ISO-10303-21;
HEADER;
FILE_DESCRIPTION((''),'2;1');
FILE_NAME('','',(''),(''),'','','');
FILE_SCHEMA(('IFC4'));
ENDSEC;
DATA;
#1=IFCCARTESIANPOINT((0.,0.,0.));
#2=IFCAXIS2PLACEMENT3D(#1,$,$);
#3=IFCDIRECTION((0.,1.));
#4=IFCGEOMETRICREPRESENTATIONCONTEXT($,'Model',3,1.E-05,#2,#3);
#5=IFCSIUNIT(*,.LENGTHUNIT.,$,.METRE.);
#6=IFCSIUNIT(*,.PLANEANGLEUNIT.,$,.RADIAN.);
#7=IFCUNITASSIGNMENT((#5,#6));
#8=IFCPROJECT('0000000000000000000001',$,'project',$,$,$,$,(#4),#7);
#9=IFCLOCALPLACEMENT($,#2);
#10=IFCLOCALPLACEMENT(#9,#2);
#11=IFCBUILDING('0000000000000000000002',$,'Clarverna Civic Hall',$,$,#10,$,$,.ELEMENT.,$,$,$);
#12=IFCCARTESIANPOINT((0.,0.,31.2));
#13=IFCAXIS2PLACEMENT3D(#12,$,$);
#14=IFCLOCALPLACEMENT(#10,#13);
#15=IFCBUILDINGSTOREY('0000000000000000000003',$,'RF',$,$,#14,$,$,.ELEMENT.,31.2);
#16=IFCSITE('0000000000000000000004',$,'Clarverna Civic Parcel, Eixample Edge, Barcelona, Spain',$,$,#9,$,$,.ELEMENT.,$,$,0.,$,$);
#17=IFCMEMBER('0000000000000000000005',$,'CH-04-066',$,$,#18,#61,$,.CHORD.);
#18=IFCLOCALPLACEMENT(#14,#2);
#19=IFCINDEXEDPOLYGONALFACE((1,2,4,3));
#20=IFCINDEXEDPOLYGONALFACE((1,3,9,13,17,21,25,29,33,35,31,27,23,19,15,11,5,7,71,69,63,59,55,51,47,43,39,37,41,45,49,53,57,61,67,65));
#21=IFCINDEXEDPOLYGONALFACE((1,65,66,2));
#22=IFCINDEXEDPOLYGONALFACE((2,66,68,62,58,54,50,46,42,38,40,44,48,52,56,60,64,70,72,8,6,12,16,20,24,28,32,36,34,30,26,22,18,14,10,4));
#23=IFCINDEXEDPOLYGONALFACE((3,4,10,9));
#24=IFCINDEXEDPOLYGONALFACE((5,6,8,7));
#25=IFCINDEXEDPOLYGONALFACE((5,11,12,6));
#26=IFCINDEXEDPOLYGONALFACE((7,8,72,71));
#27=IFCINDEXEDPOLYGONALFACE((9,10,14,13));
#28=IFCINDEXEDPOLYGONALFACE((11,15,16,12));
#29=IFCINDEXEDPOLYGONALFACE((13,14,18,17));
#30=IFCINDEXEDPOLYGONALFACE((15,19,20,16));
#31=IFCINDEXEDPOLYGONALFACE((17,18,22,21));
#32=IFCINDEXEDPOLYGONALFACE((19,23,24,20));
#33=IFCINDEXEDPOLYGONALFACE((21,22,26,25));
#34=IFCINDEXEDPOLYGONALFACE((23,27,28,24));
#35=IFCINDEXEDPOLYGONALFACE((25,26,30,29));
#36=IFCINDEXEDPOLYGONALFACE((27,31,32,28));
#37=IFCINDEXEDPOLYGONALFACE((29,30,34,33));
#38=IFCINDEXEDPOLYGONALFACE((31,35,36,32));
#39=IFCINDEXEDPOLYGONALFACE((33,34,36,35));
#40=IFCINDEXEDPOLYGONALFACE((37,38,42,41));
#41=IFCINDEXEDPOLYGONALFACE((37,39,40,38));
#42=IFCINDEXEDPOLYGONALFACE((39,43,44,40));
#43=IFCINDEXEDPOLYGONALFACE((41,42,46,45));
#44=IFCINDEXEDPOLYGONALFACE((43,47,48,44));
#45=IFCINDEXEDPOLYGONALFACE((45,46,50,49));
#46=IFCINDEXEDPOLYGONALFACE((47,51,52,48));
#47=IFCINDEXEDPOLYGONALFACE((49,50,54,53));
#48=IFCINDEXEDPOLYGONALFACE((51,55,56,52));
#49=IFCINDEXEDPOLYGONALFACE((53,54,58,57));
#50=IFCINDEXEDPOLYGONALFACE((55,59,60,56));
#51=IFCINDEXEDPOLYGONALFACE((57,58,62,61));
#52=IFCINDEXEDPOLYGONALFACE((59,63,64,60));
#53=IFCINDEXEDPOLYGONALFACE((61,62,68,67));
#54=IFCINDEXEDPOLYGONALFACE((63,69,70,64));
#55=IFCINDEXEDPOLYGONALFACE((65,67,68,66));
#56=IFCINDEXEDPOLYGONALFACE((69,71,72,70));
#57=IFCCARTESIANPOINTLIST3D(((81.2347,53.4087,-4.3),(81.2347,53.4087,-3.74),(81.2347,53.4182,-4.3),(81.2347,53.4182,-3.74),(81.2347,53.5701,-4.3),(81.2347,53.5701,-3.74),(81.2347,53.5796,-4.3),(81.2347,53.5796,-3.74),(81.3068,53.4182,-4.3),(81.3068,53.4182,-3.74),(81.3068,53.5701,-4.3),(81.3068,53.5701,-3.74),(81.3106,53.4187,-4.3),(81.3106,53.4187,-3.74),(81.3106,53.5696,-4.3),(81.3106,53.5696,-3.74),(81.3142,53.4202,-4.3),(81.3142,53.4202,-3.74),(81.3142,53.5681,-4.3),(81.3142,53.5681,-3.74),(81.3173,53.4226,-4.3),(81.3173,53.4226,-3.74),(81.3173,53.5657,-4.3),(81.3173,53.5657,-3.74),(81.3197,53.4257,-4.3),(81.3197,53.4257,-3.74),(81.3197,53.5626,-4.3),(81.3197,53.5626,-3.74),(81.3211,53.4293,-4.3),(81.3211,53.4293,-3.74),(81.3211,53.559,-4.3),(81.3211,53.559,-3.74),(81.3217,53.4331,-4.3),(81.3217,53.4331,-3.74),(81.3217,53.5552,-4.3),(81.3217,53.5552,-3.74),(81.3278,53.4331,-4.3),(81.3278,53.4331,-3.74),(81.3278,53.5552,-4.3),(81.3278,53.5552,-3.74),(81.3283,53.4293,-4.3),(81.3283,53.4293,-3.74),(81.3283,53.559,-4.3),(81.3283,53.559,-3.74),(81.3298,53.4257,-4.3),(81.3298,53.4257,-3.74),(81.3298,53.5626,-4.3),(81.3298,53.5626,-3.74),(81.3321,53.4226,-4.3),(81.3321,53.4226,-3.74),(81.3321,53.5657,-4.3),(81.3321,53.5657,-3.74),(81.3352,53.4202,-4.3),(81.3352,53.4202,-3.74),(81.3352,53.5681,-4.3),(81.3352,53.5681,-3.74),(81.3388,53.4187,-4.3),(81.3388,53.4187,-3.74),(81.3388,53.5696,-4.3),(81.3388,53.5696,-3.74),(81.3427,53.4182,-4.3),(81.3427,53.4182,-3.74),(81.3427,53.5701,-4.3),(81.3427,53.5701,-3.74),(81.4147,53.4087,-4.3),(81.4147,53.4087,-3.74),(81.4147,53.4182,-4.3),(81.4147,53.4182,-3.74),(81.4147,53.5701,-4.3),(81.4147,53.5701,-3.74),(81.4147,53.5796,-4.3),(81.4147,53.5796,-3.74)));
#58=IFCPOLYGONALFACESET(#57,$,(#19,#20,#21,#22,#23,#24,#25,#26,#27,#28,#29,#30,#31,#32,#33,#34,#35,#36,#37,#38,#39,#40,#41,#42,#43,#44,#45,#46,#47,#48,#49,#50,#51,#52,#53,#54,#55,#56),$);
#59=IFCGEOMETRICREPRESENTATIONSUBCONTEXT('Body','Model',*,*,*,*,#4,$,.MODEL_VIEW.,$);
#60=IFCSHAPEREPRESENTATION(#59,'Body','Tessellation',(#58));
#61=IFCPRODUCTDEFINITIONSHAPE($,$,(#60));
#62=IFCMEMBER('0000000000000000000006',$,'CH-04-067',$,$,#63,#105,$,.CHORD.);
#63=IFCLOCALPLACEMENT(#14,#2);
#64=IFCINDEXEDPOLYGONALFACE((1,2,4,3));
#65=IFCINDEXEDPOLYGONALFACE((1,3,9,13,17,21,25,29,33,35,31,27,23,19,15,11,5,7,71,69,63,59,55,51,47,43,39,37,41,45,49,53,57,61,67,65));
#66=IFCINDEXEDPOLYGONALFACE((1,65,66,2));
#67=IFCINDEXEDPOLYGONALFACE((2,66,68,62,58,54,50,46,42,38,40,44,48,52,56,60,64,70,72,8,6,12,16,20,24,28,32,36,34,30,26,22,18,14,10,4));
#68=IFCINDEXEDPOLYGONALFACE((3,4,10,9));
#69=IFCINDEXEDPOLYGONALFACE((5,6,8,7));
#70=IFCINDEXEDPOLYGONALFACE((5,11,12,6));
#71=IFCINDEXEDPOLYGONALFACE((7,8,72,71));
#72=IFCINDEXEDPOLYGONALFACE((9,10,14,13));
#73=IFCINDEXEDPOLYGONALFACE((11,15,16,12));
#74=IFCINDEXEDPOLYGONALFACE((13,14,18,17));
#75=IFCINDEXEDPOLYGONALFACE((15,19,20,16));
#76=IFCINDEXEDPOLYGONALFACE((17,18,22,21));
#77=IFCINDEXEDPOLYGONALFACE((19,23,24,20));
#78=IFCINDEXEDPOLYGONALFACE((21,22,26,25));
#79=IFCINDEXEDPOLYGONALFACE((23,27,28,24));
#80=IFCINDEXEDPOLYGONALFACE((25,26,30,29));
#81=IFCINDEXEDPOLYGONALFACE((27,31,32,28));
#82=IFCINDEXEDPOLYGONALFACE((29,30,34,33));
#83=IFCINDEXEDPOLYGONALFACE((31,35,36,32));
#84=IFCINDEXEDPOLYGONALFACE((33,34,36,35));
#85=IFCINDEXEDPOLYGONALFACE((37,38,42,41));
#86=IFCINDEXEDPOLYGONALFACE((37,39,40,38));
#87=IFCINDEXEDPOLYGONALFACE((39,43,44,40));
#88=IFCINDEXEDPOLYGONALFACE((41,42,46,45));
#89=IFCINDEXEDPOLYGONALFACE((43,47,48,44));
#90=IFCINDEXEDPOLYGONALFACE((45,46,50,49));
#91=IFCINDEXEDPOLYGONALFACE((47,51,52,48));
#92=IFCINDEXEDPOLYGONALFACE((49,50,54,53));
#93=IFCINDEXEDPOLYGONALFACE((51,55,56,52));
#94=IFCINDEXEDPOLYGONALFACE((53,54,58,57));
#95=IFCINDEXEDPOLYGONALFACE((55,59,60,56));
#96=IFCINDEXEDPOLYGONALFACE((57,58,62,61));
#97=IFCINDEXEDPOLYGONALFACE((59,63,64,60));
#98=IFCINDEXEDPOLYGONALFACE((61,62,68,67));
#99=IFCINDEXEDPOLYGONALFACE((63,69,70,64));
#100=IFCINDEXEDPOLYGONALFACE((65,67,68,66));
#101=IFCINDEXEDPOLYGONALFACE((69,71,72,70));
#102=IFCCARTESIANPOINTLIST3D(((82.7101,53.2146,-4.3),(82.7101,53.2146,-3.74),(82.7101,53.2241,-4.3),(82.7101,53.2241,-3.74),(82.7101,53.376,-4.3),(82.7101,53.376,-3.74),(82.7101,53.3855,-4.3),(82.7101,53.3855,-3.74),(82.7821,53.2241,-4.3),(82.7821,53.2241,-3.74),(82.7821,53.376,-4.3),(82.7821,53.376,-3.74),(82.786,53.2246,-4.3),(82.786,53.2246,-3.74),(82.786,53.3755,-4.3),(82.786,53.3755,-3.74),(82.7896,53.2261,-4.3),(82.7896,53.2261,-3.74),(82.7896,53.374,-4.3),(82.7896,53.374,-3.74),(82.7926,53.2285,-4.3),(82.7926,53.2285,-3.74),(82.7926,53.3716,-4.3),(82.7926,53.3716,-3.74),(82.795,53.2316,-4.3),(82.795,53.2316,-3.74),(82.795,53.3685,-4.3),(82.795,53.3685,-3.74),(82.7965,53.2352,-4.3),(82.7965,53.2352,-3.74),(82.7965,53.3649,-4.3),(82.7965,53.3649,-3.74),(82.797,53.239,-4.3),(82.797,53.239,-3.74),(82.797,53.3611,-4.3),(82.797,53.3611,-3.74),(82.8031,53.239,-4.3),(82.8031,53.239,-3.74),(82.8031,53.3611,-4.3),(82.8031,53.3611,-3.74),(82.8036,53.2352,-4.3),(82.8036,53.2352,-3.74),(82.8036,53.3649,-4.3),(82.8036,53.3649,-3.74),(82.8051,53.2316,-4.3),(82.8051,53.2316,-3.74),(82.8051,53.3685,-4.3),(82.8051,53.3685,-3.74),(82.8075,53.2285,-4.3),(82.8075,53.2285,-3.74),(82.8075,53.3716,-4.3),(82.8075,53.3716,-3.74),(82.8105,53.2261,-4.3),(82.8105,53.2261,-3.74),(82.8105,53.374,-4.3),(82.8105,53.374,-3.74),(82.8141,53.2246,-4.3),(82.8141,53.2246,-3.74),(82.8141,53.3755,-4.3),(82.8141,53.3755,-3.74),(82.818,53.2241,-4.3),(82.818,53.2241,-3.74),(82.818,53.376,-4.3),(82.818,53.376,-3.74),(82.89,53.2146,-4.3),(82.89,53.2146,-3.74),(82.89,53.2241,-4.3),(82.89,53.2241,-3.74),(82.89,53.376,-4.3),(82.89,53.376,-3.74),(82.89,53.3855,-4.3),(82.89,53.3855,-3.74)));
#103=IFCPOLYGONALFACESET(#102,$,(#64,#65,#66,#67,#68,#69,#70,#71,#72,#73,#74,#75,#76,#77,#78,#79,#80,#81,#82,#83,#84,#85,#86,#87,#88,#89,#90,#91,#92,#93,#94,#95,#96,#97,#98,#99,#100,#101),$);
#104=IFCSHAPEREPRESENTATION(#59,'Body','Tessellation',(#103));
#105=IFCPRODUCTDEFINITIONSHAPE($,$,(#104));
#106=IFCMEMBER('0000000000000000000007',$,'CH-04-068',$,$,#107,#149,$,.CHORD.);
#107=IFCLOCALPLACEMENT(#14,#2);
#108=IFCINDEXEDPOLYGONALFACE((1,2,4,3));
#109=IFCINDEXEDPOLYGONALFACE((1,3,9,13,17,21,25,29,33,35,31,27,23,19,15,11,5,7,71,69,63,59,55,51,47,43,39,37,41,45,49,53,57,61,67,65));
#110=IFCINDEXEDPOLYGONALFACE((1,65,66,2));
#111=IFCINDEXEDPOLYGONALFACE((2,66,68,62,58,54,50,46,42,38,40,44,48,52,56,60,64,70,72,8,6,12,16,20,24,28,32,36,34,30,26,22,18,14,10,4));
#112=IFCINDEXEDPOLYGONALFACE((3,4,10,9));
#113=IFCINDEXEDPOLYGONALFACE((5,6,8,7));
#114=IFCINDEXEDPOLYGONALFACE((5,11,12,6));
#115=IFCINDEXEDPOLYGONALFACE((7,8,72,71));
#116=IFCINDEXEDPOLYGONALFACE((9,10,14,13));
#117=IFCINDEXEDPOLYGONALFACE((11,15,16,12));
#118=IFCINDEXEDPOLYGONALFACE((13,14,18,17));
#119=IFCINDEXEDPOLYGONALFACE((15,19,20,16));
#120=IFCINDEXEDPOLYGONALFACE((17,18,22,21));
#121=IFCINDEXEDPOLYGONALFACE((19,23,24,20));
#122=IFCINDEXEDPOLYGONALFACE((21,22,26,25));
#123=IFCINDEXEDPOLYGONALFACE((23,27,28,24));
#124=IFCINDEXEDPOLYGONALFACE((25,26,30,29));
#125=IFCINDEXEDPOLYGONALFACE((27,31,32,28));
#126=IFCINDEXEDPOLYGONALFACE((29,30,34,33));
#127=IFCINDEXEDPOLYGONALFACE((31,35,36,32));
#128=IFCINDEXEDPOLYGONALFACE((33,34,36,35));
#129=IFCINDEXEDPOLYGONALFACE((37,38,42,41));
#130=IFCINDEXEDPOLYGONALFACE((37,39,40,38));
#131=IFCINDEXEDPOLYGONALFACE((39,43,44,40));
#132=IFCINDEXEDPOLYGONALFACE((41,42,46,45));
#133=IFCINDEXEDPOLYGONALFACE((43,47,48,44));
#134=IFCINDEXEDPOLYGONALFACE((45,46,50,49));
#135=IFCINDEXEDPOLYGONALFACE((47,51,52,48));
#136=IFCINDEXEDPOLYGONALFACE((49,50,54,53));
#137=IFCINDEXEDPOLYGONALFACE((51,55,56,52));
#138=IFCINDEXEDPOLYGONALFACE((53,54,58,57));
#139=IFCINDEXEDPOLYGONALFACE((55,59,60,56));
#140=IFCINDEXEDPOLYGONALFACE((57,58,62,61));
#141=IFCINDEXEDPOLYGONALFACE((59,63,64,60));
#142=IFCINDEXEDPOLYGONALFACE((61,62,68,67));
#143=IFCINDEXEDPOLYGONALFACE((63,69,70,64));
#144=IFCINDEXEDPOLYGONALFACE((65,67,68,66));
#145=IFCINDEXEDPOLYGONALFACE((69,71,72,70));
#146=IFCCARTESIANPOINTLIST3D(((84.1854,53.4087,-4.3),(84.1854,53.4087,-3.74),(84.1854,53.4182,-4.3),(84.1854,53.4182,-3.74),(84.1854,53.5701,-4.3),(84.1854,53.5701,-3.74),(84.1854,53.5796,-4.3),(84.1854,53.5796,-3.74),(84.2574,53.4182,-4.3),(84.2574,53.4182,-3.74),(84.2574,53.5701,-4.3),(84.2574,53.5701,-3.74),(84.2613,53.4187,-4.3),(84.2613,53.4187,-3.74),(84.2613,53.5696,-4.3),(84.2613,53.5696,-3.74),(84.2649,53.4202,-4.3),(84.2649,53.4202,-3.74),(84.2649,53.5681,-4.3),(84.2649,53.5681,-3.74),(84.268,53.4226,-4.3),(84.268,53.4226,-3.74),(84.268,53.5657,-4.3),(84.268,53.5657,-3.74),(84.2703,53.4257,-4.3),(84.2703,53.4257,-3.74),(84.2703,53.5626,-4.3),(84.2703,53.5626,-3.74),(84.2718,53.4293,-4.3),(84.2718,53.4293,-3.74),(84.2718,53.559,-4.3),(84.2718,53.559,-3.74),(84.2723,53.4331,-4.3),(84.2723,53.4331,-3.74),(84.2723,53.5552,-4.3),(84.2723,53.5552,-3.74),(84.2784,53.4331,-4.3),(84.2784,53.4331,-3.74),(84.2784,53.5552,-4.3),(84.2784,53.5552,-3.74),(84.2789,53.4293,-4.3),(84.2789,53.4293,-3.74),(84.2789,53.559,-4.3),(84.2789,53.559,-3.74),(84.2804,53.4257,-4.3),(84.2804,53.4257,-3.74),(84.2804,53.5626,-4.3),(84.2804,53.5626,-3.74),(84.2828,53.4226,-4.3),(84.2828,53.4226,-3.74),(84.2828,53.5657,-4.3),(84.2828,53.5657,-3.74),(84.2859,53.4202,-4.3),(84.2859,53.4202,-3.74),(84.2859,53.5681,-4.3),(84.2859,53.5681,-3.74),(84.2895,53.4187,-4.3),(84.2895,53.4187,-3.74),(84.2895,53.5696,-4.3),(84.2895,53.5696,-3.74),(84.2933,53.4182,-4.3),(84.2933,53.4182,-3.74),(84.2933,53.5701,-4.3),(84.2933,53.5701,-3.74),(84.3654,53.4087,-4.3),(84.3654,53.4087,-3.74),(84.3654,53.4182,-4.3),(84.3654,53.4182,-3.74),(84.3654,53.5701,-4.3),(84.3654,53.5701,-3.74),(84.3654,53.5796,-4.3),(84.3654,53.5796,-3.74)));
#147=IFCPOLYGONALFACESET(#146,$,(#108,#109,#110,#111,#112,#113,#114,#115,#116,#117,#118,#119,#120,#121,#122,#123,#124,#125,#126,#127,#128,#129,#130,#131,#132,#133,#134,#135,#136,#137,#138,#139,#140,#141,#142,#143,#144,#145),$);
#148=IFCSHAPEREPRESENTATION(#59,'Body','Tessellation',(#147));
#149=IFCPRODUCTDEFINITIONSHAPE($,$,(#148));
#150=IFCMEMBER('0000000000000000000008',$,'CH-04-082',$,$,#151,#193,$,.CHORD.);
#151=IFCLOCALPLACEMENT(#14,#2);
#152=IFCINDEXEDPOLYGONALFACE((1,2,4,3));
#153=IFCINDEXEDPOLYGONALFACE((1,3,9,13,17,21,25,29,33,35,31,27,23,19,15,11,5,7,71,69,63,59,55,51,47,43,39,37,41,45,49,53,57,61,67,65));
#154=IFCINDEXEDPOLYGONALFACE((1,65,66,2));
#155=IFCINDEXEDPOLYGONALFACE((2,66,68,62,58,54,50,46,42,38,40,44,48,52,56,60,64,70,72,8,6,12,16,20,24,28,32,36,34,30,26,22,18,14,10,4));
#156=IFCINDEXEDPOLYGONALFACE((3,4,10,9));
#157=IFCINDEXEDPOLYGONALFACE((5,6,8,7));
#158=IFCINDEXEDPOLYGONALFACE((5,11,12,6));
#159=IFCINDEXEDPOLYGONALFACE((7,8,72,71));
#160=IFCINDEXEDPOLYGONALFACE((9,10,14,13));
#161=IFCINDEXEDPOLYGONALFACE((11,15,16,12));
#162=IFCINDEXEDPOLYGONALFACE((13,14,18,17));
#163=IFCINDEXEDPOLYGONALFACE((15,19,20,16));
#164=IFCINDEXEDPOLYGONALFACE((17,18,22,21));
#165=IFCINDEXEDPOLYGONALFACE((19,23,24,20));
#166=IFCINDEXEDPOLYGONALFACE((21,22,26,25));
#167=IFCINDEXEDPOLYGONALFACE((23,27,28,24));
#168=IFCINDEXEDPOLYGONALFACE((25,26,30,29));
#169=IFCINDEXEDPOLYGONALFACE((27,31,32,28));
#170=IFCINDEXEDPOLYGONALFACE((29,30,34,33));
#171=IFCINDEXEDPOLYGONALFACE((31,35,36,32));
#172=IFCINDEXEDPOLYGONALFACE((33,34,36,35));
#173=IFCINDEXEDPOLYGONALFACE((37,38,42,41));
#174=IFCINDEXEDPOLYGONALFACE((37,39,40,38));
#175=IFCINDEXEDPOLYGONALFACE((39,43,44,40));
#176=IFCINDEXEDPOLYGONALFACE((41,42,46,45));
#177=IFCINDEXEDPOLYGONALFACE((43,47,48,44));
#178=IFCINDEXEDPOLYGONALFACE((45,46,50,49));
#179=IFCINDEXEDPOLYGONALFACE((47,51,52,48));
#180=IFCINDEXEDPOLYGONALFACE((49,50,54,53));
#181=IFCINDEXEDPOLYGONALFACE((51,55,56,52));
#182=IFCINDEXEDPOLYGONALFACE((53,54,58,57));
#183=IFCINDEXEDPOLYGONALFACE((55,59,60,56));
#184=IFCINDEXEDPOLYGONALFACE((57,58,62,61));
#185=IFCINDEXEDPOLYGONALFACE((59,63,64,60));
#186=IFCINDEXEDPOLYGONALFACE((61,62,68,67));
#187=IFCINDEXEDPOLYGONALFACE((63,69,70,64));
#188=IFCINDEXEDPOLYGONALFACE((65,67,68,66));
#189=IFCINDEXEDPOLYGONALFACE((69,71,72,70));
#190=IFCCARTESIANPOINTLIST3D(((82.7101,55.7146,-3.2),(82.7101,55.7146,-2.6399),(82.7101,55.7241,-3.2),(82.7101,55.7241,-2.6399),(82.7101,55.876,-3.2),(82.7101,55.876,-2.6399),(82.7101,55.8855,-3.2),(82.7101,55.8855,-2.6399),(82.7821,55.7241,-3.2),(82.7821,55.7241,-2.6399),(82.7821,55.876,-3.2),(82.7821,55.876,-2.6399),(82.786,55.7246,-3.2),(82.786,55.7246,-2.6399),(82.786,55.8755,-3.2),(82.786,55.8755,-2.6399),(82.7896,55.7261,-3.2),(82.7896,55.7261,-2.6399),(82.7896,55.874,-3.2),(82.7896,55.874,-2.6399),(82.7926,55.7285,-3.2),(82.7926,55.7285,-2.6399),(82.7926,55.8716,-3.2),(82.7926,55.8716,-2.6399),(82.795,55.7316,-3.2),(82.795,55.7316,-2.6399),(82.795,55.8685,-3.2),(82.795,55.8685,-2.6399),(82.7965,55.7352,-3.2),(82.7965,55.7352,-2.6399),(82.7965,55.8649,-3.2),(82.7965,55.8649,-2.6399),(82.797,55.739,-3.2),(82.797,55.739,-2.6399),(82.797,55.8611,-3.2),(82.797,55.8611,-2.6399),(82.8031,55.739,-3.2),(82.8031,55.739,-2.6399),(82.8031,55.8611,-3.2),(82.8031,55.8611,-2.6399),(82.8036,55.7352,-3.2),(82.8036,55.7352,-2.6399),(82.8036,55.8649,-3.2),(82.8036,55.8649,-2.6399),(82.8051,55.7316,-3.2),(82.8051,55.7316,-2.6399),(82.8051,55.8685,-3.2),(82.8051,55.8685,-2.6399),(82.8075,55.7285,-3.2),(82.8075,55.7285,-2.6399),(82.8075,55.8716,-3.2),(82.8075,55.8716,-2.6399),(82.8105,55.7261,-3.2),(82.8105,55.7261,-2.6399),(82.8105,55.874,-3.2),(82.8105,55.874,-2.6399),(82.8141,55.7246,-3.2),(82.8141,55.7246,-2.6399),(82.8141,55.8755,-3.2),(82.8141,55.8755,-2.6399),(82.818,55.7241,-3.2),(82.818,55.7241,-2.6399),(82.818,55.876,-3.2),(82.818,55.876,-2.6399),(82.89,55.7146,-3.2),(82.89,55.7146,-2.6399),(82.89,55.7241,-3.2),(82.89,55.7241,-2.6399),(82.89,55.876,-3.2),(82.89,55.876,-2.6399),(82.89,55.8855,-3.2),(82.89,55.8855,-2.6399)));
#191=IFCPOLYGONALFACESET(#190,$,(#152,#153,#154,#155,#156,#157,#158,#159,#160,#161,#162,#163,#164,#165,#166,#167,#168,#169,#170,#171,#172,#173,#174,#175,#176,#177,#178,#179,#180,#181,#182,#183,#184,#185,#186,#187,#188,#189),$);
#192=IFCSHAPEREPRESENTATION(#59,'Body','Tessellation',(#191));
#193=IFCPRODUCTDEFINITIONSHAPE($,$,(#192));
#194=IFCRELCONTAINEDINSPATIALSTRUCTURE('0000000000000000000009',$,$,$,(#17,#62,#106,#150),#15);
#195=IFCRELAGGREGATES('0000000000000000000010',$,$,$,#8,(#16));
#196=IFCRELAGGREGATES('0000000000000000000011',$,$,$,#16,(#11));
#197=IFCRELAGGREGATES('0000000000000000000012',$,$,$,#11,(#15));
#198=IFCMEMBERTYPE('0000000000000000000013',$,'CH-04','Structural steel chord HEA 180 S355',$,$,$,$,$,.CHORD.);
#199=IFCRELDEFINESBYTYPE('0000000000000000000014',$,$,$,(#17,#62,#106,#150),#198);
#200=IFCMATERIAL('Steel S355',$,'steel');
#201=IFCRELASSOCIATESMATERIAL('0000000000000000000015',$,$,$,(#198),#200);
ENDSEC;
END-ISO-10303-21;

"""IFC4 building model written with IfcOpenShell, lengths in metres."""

from ifc_helpers import new_model, si_unit, direction, frame, origin, origin_2d, place, context, subcontext, project, spatial, i_section, extrude, material, material_profile, profile_set, type_object, element, save


model = new_model("IFC4")

# Units and contexts
model_context = context("Model", 3, precision=1e-05, world=origin(), true_north=direction((0.0, 1.0)))
body_context = subcontext(model_context, "Body", "Model", "MODEL_VIEW")
ifc_project = project(units=[si_unit("LENGTHUNIT", "METRE"), si_unit("PLANEANGLEUNIT", "RADIAN")], contexts=[model_context])

# Site, building, storey
site_placement = place(None, origin())
site = spatial("IfcSite", under=ifc_project, at=site_placement, Name="Clarverna Civic Parcel, Eixample Edge, Barcelona, Spain", CompositionType="ELEMENT", RefElevation=0.0)
building_placement = place(site_placement, origin())
building = spatial("IfcBuilding", under=site, at=building_placement, Name="Clarverna Civic Hall", CompositionType="ELEMENT")
storey_placement = place(building_placement, frame((0.0, 0.0, 31.2)))
storey = spatial("IfcBuildingStorey", under=building, at=storey_placement, Name="RF", CompositionType="ELEMENT", Elevation=31.2)

# Members
ifc_material_1 = material(Name="Steel S355", Category="steel")
ifc_material_profile_1 = material_profile(ifc_material_1, i_section(OverallWidth=0.1799, OverallDepth=0.1709, WebThickness=0.0061, FlangeThickness=0.0095, FilletRadius=0.0149, at=origin_2d()), Name="HEA 180")
ifc_profile_set_1 = profile_set([ifc_material_profile_1], Name="Steel S355")
member_type_1 = type_object("IfcMemberType", Name="CH-04", Description="Structural steel chord HEA 180 S355", PredefinedType="CHORD", material=ifc_profile_set_1)
for number, where, z_axis, x_axis, name in (
    (1, (81.3247, 53.4941, -4.3), (0.0, 0.0, 1.0), (1.0, 0.0, 0.0), "CH-04-066"),
    (2, (82.8, 53.3, -4.3), (0.0, 0.0, 1.0), (1.0, 0.0, 0.0), "CH-04-067"),
    (3, (84.2754, 53.4941, -4.3), (0.0, 0.0, 1.0), (1.0, 0.0, 0.0), "CH-04-068"),
    (4, (82.8, 55.8, -3.2), (0.0, 0.0, 1.0), (1.0, 0.0, 0.0), "CH-04-082"),
):
    element("IfcMember", number, at=place(storey_placement, frame(where, z_axis=z_axis, x_axis=x_axis)), inside=storey, type_object=member_type_1, Name=name, PredefinedType="CHORD", context=body_context, shape_type="SweptSolid", body=[
        extrude(i_section(OverallWidth=0.1799, OverallDepth=0.1709, WebThickness=0.0061, FlangeThickness=0.0095, FilletRadius=0.0149, at=origin_2d()), origin(), (0.0, 0.0, 1.0), 0.5601),
    ])

save(model, "model.ifc")
